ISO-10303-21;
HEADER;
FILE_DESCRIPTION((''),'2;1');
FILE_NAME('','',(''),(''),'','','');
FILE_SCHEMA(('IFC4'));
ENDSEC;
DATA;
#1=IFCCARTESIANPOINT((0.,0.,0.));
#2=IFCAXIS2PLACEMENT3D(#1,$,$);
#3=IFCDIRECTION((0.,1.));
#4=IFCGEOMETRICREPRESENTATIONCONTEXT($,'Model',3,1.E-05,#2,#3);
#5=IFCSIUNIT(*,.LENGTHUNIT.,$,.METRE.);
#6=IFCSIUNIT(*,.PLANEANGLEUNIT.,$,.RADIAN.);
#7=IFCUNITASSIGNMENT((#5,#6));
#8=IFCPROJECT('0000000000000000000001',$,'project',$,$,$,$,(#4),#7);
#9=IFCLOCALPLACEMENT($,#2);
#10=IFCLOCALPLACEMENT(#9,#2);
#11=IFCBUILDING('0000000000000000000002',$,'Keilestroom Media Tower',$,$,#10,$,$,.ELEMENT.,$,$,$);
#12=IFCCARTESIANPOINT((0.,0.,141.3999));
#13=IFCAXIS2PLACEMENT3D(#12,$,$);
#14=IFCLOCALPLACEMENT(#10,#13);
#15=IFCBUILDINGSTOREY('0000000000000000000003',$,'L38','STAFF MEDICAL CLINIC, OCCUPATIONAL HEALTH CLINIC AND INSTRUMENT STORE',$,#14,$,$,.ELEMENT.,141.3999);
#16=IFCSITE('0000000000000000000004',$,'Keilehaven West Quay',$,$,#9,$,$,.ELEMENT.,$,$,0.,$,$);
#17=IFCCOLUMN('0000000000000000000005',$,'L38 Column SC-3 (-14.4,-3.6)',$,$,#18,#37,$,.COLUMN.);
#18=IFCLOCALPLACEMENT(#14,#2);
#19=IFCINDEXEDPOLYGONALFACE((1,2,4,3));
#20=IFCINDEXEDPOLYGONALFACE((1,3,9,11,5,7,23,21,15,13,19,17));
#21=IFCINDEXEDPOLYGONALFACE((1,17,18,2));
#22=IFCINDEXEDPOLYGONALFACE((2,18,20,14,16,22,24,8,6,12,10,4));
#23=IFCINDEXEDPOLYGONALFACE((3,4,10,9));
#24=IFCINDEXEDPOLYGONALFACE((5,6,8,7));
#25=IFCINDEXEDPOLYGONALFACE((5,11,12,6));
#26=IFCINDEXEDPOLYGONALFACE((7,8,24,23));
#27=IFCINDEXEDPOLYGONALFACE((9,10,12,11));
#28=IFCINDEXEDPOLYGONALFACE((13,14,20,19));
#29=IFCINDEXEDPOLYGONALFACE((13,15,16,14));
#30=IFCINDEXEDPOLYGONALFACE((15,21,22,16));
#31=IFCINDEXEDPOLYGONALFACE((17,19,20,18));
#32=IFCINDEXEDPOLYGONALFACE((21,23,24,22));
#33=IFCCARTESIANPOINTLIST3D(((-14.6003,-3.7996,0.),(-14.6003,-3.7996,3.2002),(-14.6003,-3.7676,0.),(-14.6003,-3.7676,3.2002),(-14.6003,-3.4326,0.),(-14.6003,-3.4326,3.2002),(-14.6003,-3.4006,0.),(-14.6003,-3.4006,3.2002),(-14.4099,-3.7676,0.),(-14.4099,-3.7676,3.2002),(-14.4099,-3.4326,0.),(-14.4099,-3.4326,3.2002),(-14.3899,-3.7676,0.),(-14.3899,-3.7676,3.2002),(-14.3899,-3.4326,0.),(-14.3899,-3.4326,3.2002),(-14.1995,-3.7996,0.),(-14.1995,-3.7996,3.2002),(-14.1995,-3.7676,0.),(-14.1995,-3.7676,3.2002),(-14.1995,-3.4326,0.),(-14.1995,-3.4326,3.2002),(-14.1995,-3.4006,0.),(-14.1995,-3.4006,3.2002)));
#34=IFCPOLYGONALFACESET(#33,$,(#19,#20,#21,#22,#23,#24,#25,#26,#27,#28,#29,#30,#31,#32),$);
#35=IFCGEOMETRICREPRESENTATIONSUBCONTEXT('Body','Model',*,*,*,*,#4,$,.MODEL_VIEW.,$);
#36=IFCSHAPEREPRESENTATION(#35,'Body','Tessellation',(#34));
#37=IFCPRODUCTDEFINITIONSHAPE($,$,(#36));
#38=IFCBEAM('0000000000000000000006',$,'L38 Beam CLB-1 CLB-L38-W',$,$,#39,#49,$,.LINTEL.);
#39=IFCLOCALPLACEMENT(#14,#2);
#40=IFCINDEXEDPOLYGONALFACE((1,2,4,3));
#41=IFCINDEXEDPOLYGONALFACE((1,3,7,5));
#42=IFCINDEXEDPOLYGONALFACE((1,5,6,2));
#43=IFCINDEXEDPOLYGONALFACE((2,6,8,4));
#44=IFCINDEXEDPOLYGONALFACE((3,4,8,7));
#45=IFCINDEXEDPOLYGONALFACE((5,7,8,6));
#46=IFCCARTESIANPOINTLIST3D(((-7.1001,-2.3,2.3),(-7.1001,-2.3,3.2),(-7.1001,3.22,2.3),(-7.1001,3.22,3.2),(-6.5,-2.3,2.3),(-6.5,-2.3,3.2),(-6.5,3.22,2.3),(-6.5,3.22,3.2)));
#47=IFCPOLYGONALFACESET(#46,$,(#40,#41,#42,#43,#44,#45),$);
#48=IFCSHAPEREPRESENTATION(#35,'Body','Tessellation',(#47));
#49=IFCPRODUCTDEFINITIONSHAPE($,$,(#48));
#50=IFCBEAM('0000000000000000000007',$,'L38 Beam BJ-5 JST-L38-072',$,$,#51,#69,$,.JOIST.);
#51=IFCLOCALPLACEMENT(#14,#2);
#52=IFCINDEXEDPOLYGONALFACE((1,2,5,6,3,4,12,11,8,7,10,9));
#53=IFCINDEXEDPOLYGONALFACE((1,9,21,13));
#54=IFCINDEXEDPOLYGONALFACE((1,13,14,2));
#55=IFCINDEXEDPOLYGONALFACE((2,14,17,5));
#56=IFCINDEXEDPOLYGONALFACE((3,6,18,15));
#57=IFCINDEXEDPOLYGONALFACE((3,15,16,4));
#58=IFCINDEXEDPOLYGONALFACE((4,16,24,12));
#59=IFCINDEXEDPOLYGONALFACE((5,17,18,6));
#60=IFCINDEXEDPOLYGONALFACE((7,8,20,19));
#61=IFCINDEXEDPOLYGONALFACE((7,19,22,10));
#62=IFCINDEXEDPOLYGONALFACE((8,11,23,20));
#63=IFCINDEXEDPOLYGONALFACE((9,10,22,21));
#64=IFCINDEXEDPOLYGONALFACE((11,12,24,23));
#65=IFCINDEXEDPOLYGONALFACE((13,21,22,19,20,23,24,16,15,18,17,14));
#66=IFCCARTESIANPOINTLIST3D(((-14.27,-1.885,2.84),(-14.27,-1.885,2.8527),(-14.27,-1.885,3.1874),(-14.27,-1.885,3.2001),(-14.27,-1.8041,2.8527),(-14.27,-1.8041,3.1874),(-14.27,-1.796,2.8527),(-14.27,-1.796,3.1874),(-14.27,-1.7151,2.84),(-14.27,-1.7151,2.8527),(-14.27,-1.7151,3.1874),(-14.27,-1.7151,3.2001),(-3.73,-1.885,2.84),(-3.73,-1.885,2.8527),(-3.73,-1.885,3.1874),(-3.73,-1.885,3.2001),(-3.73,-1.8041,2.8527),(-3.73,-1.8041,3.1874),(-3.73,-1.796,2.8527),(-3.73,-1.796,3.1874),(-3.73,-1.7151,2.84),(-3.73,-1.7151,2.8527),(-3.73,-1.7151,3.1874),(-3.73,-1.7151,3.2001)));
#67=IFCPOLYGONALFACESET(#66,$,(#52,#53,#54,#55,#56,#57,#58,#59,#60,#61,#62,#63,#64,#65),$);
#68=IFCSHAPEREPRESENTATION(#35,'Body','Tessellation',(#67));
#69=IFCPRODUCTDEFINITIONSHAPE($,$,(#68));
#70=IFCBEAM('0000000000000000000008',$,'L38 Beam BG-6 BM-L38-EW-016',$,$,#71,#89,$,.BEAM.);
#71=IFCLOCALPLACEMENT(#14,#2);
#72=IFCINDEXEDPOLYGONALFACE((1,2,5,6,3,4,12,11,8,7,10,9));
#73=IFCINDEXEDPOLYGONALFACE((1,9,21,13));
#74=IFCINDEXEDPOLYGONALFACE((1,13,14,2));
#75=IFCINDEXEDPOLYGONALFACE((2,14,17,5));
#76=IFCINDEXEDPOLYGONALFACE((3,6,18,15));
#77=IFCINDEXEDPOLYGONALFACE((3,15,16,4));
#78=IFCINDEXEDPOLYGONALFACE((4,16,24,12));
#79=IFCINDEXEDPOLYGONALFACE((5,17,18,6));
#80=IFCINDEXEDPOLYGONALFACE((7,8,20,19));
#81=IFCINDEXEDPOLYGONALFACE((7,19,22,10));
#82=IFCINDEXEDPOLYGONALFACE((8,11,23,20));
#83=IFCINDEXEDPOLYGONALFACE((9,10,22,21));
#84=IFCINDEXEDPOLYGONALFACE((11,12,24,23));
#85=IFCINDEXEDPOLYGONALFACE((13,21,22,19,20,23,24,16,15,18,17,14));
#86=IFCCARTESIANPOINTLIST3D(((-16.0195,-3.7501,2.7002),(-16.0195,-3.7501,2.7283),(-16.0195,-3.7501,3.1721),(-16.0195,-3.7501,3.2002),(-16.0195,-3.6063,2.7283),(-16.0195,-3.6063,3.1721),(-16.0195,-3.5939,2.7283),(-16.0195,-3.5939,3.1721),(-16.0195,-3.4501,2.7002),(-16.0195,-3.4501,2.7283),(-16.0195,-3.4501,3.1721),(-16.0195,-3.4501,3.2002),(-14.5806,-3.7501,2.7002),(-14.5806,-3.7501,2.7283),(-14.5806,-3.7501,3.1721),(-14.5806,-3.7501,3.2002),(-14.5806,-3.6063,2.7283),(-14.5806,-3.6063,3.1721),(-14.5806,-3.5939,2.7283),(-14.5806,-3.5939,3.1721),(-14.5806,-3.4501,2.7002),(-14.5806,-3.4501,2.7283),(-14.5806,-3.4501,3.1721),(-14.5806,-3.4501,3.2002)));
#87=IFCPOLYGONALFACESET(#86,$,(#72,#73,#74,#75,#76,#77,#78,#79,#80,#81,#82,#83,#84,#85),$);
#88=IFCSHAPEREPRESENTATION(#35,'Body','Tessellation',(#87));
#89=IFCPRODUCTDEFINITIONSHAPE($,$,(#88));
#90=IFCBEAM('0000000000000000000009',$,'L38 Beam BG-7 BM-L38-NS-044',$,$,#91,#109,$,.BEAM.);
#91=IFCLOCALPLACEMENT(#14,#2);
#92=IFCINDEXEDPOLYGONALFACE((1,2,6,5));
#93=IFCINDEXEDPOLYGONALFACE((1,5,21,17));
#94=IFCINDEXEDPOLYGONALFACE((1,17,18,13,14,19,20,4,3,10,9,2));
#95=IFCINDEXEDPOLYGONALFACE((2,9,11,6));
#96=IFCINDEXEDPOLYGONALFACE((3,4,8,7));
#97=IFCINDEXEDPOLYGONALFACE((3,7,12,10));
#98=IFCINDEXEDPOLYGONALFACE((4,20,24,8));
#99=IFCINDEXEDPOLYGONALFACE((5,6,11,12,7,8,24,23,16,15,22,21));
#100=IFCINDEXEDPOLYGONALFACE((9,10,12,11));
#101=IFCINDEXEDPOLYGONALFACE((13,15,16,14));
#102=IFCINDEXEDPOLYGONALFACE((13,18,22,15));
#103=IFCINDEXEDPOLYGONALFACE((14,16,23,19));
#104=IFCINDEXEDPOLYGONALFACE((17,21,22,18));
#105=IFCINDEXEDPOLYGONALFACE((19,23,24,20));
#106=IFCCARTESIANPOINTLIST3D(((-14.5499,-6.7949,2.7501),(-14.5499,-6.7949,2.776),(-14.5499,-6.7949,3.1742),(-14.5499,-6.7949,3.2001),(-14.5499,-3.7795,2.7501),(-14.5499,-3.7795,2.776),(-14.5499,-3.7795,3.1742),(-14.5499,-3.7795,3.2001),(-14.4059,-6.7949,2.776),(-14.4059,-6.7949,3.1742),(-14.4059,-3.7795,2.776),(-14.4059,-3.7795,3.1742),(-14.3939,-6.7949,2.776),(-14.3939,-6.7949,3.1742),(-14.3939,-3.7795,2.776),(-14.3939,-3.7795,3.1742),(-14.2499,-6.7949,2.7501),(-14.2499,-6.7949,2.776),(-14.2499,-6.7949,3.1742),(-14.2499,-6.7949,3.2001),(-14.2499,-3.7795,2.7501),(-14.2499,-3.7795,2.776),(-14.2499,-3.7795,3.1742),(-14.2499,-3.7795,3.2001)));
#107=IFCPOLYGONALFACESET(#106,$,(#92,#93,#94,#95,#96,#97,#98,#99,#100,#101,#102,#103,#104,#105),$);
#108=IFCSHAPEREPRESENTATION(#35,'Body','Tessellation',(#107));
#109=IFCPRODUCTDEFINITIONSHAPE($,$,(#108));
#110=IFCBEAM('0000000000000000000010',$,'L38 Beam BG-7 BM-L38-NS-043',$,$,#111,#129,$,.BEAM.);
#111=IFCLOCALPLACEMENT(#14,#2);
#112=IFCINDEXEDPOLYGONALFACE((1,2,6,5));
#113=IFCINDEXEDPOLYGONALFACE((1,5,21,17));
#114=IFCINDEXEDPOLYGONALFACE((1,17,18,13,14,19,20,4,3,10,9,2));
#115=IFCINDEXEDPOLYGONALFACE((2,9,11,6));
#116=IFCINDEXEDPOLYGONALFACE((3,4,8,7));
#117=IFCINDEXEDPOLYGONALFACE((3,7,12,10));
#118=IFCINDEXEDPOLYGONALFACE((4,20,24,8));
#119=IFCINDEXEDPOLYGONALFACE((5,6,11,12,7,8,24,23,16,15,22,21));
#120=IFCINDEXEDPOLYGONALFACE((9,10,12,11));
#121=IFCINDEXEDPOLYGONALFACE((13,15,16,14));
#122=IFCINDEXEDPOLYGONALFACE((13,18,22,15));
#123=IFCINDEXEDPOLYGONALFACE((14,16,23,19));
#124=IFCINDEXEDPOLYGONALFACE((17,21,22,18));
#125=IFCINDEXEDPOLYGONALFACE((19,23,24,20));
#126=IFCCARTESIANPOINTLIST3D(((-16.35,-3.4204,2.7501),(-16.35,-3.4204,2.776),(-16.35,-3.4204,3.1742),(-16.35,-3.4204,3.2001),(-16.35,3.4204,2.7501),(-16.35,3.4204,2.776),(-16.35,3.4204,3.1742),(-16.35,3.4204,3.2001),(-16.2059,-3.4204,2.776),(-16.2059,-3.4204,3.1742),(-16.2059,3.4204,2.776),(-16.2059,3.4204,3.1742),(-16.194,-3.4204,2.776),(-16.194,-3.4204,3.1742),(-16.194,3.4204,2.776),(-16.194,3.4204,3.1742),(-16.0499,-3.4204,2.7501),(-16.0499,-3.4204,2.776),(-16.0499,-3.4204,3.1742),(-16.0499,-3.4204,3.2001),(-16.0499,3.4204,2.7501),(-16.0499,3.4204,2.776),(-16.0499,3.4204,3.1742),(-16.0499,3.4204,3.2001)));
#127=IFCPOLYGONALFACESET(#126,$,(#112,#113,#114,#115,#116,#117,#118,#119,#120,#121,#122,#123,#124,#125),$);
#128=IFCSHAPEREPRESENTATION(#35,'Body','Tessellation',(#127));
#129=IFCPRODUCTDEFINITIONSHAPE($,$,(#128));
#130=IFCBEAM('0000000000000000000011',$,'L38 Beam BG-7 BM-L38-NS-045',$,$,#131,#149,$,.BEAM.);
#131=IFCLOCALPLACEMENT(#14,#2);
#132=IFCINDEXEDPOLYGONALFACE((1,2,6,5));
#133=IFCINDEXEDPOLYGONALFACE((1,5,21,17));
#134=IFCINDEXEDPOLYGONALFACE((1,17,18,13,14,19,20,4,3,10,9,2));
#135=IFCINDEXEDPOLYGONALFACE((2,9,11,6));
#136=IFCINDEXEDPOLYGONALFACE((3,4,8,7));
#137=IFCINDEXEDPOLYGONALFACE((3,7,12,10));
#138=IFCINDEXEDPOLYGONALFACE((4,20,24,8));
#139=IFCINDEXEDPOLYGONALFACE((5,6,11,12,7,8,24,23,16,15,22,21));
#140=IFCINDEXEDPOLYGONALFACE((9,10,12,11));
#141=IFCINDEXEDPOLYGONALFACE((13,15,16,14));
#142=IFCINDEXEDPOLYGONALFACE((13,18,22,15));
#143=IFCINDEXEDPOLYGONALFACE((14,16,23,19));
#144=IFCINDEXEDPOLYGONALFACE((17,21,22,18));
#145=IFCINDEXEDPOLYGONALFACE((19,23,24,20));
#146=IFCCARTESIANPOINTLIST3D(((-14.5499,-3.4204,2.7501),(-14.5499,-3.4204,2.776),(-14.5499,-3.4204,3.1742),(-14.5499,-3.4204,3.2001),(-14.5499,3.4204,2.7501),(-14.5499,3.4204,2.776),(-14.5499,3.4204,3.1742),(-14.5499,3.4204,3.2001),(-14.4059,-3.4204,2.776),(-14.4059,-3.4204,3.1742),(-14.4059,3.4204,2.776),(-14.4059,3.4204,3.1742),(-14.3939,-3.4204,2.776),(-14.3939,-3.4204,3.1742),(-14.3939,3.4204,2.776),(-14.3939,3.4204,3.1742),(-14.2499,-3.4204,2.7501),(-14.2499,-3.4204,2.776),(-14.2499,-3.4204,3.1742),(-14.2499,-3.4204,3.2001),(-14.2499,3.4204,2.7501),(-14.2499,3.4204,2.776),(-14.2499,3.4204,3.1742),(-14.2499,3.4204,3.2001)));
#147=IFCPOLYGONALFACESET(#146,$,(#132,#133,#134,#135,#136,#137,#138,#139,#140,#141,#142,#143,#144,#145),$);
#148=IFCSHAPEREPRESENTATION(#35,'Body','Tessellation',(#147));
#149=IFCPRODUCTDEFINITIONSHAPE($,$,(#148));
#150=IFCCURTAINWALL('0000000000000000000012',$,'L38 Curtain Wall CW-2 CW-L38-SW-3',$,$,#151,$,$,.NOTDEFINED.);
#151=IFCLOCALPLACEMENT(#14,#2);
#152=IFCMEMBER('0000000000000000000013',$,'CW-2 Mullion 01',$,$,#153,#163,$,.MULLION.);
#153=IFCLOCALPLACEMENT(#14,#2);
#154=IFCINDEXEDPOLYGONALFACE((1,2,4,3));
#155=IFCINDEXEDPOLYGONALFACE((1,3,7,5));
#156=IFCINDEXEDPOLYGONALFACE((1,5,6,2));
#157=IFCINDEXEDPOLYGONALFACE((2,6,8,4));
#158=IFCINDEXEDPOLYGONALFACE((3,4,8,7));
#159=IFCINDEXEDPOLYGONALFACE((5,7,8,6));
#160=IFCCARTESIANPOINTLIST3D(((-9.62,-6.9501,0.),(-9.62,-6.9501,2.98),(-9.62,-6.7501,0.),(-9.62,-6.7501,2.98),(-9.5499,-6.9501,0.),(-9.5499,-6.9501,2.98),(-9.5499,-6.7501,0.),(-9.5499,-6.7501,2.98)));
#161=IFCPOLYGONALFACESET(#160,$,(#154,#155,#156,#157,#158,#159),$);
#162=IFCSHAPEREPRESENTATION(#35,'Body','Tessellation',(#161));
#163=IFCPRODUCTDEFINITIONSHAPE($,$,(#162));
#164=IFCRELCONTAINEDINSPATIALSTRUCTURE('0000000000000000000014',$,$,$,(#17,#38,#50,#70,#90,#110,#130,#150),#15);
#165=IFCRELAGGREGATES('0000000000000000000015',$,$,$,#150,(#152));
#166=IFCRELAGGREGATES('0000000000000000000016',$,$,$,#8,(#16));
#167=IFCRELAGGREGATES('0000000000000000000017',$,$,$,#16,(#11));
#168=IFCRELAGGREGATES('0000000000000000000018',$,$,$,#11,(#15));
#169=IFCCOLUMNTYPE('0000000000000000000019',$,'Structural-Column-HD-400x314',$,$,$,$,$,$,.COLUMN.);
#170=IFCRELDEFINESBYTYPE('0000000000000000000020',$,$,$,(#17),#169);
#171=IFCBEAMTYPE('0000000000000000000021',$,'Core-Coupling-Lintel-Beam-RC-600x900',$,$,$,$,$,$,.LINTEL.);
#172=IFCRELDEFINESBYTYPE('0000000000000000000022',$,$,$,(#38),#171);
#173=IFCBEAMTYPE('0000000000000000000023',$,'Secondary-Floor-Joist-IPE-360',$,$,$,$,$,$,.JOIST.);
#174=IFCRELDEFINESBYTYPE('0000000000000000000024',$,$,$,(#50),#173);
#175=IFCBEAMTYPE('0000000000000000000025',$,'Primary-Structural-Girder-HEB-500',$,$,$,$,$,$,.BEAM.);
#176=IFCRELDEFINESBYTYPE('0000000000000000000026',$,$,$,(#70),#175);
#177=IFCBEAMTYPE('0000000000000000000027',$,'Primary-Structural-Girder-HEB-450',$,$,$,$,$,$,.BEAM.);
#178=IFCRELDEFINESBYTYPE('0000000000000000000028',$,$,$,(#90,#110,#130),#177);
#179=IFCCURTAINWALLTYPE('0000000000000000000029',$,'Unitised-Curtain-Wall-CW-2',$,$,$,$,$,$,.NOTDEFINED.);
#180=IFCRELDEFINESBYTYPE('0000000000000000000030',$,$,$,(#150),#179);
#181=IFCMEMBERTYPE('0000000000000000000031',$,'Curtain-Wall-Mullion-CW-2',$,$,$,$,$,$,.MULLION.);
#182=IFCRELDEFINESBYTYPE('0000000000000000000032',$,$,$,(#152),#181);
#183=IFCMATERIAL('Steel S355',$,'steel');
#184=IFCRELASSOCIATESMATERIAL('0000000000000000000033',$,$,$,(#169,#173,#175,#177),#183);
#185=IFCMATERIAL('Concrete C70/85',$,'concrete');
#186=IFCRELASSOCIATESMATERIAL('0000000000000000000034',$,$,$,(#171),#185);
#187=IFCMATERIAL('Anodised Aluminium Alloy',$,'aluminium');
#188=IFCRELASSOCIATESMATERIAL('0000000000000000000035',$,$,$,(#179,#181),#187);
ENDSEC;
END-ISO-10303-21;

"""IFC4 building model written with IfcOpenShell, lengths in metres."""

from ifc_helpers import new_model, si_unit, direction, frame, origin, origin_2d, place, context, subcontext, project, spatial, rectangle, i_section, extrude, source, transform, mapped, material, material_profile, profile_set, type_object, element, aggregate, save


model = new_model("IFC4")

# Units and contexts
model_context = context("Model", 3, precision=1e-05, world=origin(), true_north=direction((0.0, 1.0)))
body_context = subcontext(model_context, "Body", "Model", "MODEL_VIEW")
ifc_project = project(units=[si_unit("LENGTHUNIT", "METRE"), si_unit("PLANEANGLEUNIT", "RADIAN")], contexts=[model_context])

# Site, building, storey
site_placement = place(None, origin())
site = spatial("IfcSite", under=ifc_project, at=site_placement, Name="Keilehaven West Quay", CompositionType="ELEMENT", RefElevation=0.0)
building_placement = place(site_placement, origin())
building = spatial("IfcBuilding", under=site, at=building_placement, Name="Keilestroom Media Tower", CompositionType="ELEMENT")
storey_placement = place(building_placement, frame((0.0, 0.0, 141.3999)))
storey = spatial("IfcBuildingStorey", under=building, at=storey_placement, Name="L38", Description="STAFF MEDICAL CLINIC, OCCUPATIONAL HEALTH CLINIC AND INSTRUMENT STORE", CompositionType="ELEMENT", Elevation=141.3999)

# Column
ifc_material_1 = material(Name="Steel S355", Category="steel")
ifc_material_profile_1 = material_profile(ifc_material_1, i_section(OverallWidth=0.4009, OverallDepth=0.3989, WebThickness=0.02, FlangeThickness=0.032, at=origin_2d()), Name="HD 400x314")
ifc_profile_set_1 = profile_set([ifc_material_profile_1], Name="Steel S355")
column_type = type_object("IfcColumnType", Name="Structural-Column-HD-400x314", PredefinedType="COLUMN", material=ifc_profile_set_1)
shared_shape_1 = source(origin(), body_context, "Body", "SweptSolid", [
    extrude(i_section(OverallWidth=0.4009, OverallDepth=0.3989, WebThickness=0.02, FlangeThickness=0.032, at=origin_2d()), origin(), (0.0, 0.0, 1.0), 3.2002),
])
column_placement = place(storey_placement, frame((-14.3999, -3.6001, 0.0), z_axis=(0.0, 0.0, 1.0), x_axis=(1.0, 0.0, 0.0)))
element("IfcColumn", 1, at=column_placement, inside=storey, type_object=column_type, Name="L38 Column SC-3 (-14.4,-3.6)", PredefinedType="COLUMN", context=body_context, shape_type="MappedRepresentation", body=[
    mapped(shared_shape_1, transform((0.0, 0.0, 0.0), x_axis=(1.0, 0.0, 0.0), y_axis=(0.0, 1.0, 0.0), z_axis=(0.0, 0.0, 1.0), scale=1.0)),
])

# Beams
ifc_material_2 = material(Name="Concrete C70/85", Category="concrete")
ifc_material_profile_2 = material_profile(ifc_material_2, rectangle(XDim=0.6001, YDim=0.8999, at=origin_2d()), Name="RC 600x900")
ifc_profile_set_2 = profile_set([ifc_material_profile_2], Name="Concrete C70/85")
beam_type_1 = type_object("IfcBeamType", Name="Core-Coupling-Lintel-Beam-RC-600x900", PredefinedType="LINTEL", material=ifc_profile_set_2)
shared_shape_2 = source(origin(), body_context, "Body", "SweptSolid", [
    extrude(rectangle(XDim=0.6001, YDim=0.8999, at=origin_2d()), origin(), (0.0, 0.0, 1.0), 5.52),
])
beam_1_placement = place(storey_placement, frame((-6.8, -2.3, 2.75), z_axis=(0.0, 1.0, 0.0), x_axis=(-1.0, 0.0, 0.0)))
element("IfcBeam", 2, at=beam_1_placement, inside=storey, type_object=beam_type_1, Name="L38 Beam CLB-1 CLB-L38-W", PredefinedType="LINTEL", context=body_context, shape_type="MappedRepresentation", body=[
    mapped(shared_shape_2, transform((0.0, 0.0, 0.0), x_axis=(1.0, 0.0, 0.0), y_axis=(0.0, 1.0, 0.0), z_axis=(0.0, 0.0, 1.0), scale=1.0)),
])
ifc_material_profile_3 = material_profile(ifc_material_1, i_section(OverallWidth=0.1699, OverallDepth=0.3601, WebThickness=0.0081, FlangeThickness=0.0127, at=origin_2d()), Name="IPE 360")
ifc_profile_set_3 = profile_set([ifc_material_profile_3], Name="Steel S355")
beam_type_2 = type_object("IfcBeamType", Name="Secondary-Floor-Joist-IPE-360", PredefinedType="JOIST", material=ifc_profile_set_3)
shared_shape_3 = source(origin(), body_context, "Body", "SweptSolid", [
    extrude(i_section(OverallWidth=0.1699, OverallDepth=0.3601, WebThickness=0.0081, FlangeThickness=0.0127, at=origin_2d()), origin(), (0.0, 0.0, 1.0), 10.54),
])
beam_2_placement = place(storey_placement, frame((-14.27, -1.8, 3.02), z_axis=(1.0, 0.0, 0.0), x_axis=(0.0, 1.0, 0.0)))
element("IfcBeam", 3, at=beam_2_placement, inside=storey, type_object=beam_type_2, Name="L38 Beam BJ-5 JST-L38-072", PredefinedType="JOIST", context=body_context, shape_type="MappedRepresentation", body=[
    mapped(shared_shape_3, transform((0.0, 0.0, 0.0), x_axis=(1.0, 0.0, 0.0), y_axis=(0.0, 1.0, 0.0), z_axis=(0.0, 0.0, 1.0), scale=1.0)),
])
ifc_material_profile_4 = material_profile(ifc_material_1, i_section(OverallWidth=0.3, OverallDepth=0.5, WebThickness=0.0125, FlangeThickness=0.0281, at=origin_2d()), Name="HEB 500")
ifc_profile_set_4 = profile_set([ifc_material_profile_4], Name="Steel S355")
beam_type_3 = type_object("IfcBeamType", Name="Primary-Structural-Girder-HEB-500", PredefinedType="BEAM", material=ifc_profile_set_4)
shared_shape_4 = source(origin(), body_context, "Body", "SweptSolid", [
    extrude(i_section(OverallWidth=0.3, OverallDepth=0.5, WebThickness=0.0125, FlangeThickness=0.0281, at=origin_2d()), origin(), (0.0, 0.0, 1.0), 1.439),
])
beam_3_placement = place(storey_placement, frame((-16.0195, -3.6001, 2.9502), z_axis=(1.0, 0.0, 0.0), x_axis=(0.0, 1.0, 0.0)))
element("IfcBeam", 4, at=beam_3_placement, inside=storey, type_object=beam_type_3, Name="L38 Beam BG-6 BM-L38-EW-016", PredefinedType="BEAM", context=body_context, shape_type="MappedRepresentation", body=[
    mapped(shared_shape_4, transform((0.0, 0.0, 0.0), x_axis=(1.0, 0.0, 0.0), y_axis=(0.0, 1.0, 0.0), z_axis=(0.0, 0.0, 1.0), scale=1.0)),
])
ifc_material_profile_5 = material_profile(ifc_material_1, i_section(OverallWidth=0.3, OverallDepth=0.45, WebThickness=0.012, FlangeThickness=0.0259, at=origin_2d()), Name="HEB 450")
ifc_profile_set_5 = profile_set([ifc_material_profile_5], Name="Steel S355")
beam_type_4 = type_object("IfcBeamType", Name="Primary-Structural-Girder-HEB-450", PredefinedType="BEAM", material=ifc_profile_set_5)
shared_shape_5 = source(origin(), body_context, "Body", "SweptSolid", [
    extrude(i_section(OverallWidth=0.3, OverallDepth=0.45, WebThickness=0.012, FlangeThickness=0.0259, at=origin_2d()), origin(), (0.0, 0.0, 1.0), 3.0154),
])
beam_4_placement = place(storey_placement, frame((-14.3999, -6.7949, 2.9751), z_axis=(0.0, 1.0, 0.0), x_axis=(-1.0, 0.0, 0.0)))
element("IfcBeam", 5, at=beam_4_placement, inside=storey, type_object=beam_type_4, Name="L38 Beam BG-7 BM-L38-NS-044", PredefinedType="BEAM", context=body_context, shape_type="MappedRepresentation", body=[
    mapped(shared_shape_5, transform((0.0, 0.0, 0.0), x_axis=(1.0, 0.0, 0.0), y_axis=(0.0, 1.0, 0.0), z_axis=(0.0, 0.0, 1.0), scale=1.0)),
])
shared_shape_6 = source(origin(), body_context, "Body", "SweptSolid", [
    extrude(i_section(OverallWidth=0.3, OverallDepth=0.45, WebThickness=0.012, FlangeThickness=0.0259, at=origin_2d()), origin(), (0.0, 0.0, 1.0), 6.8408),
])
for number, where, z_axis, x_axis, name in (
    (6, (-16.2, -3.4204, 2.9751), (0.0, 1.0, 0.0), (-1.0, 0.0, 0.0), "L38 Beam BG-7 BM-L38-NS-043"),
    (7, (-14.3999, -3.4204, 2.9751), (0.0, 1.0, 0.0), (-1.0, 0.0, 0.0), "L38 Beam BG-7 BM-L38-NS-045"),
):
    element("IfcBeam", number, at=place(storey_placement, frame(where, z_axis=z_axis, x_axis=x_axis)), inside=storey, type_object=beam_type_4, Name=name, PredefinedType="BEAM", context=body_context, shape_type="MappedRepresentation", body=[
        mapped(shared_shape_6, transform((0.0, 0.0, 0.0), x_axis=(1.0, 0.0, 0.0), y_axis=(0.0, 1.0, 0.0), z_axis=(0.0, 0.0, 1.0), scale=1.0)),
    ])

# Curtain wall, member
ifc_material_3 = material(Name="Anodised Aluminium Alloy", Category="aluminium")
curtain_wall_type = type_object("IfcCurtainWallType", Name="Unitised-Curtain-Wall-CW-2", PredefinedType="NOTDEFINED", material=ifc_material_3)
curtain_wall_placement = place(storey_placement, origin())
curtain_wall = element("IfcCurtainWall", 8, at=curtain_wall_placement, inside=storey, type_object=curtain_wall_type, Name="L38 Curtain Wall CW-2 CW-L38-SW-3", PredefinedType="NOTDEFINED")
ifc_material_profile_6 = material_profile(ifc_material_3, rectangle(XDim=0.0701, YDim=0.2, at=origin_2d()), Name="ALU MULLION 70x200")
ifc_profile_set_6 = profile_set([ifc_material_profile_6], Name="Anodised Aluminium Alloy")
member_type = type_object("IfcMemberType", Name="Curtain-Wall-Mullion-CW-2", PredefinedType="MULLION", material=ifc_profile_set_6)
shared_shape_7 = source(origin(), body_context, "Body", "SweptSolid", [
    extrude(rectangle(XDim=0.0701, YDim=0.2, at=origin_2d()), origin(), (0.0, 0.0, 1.0), 2.98),
])
member_placement = place(storey_placement, frame((-9.585, -6.8501, 0.0), z_axis=(0.0, 0.0, 1.0), x_axis=(1.0, 0.0, 0.0)))
member = element("IfcMember", 9, at=member_placement, type_object=member_type, Name="CW-2 Mullion 01", PredefinedType="MULLION", context=body_context, shape_type="MappedRepresentation", body=[
    mapped(shared_shape_7, transform((0.0, 0.0, 0.0), x_axis=(1.0, 0.0, 0.0), y_axis=(0.0, 1.0, 0.0), z_axis=(0.0, 0.0, 1.0), scale=1.0)),
])
aggregate(curtain_wall, [member])

save(model, "model.ifc")
